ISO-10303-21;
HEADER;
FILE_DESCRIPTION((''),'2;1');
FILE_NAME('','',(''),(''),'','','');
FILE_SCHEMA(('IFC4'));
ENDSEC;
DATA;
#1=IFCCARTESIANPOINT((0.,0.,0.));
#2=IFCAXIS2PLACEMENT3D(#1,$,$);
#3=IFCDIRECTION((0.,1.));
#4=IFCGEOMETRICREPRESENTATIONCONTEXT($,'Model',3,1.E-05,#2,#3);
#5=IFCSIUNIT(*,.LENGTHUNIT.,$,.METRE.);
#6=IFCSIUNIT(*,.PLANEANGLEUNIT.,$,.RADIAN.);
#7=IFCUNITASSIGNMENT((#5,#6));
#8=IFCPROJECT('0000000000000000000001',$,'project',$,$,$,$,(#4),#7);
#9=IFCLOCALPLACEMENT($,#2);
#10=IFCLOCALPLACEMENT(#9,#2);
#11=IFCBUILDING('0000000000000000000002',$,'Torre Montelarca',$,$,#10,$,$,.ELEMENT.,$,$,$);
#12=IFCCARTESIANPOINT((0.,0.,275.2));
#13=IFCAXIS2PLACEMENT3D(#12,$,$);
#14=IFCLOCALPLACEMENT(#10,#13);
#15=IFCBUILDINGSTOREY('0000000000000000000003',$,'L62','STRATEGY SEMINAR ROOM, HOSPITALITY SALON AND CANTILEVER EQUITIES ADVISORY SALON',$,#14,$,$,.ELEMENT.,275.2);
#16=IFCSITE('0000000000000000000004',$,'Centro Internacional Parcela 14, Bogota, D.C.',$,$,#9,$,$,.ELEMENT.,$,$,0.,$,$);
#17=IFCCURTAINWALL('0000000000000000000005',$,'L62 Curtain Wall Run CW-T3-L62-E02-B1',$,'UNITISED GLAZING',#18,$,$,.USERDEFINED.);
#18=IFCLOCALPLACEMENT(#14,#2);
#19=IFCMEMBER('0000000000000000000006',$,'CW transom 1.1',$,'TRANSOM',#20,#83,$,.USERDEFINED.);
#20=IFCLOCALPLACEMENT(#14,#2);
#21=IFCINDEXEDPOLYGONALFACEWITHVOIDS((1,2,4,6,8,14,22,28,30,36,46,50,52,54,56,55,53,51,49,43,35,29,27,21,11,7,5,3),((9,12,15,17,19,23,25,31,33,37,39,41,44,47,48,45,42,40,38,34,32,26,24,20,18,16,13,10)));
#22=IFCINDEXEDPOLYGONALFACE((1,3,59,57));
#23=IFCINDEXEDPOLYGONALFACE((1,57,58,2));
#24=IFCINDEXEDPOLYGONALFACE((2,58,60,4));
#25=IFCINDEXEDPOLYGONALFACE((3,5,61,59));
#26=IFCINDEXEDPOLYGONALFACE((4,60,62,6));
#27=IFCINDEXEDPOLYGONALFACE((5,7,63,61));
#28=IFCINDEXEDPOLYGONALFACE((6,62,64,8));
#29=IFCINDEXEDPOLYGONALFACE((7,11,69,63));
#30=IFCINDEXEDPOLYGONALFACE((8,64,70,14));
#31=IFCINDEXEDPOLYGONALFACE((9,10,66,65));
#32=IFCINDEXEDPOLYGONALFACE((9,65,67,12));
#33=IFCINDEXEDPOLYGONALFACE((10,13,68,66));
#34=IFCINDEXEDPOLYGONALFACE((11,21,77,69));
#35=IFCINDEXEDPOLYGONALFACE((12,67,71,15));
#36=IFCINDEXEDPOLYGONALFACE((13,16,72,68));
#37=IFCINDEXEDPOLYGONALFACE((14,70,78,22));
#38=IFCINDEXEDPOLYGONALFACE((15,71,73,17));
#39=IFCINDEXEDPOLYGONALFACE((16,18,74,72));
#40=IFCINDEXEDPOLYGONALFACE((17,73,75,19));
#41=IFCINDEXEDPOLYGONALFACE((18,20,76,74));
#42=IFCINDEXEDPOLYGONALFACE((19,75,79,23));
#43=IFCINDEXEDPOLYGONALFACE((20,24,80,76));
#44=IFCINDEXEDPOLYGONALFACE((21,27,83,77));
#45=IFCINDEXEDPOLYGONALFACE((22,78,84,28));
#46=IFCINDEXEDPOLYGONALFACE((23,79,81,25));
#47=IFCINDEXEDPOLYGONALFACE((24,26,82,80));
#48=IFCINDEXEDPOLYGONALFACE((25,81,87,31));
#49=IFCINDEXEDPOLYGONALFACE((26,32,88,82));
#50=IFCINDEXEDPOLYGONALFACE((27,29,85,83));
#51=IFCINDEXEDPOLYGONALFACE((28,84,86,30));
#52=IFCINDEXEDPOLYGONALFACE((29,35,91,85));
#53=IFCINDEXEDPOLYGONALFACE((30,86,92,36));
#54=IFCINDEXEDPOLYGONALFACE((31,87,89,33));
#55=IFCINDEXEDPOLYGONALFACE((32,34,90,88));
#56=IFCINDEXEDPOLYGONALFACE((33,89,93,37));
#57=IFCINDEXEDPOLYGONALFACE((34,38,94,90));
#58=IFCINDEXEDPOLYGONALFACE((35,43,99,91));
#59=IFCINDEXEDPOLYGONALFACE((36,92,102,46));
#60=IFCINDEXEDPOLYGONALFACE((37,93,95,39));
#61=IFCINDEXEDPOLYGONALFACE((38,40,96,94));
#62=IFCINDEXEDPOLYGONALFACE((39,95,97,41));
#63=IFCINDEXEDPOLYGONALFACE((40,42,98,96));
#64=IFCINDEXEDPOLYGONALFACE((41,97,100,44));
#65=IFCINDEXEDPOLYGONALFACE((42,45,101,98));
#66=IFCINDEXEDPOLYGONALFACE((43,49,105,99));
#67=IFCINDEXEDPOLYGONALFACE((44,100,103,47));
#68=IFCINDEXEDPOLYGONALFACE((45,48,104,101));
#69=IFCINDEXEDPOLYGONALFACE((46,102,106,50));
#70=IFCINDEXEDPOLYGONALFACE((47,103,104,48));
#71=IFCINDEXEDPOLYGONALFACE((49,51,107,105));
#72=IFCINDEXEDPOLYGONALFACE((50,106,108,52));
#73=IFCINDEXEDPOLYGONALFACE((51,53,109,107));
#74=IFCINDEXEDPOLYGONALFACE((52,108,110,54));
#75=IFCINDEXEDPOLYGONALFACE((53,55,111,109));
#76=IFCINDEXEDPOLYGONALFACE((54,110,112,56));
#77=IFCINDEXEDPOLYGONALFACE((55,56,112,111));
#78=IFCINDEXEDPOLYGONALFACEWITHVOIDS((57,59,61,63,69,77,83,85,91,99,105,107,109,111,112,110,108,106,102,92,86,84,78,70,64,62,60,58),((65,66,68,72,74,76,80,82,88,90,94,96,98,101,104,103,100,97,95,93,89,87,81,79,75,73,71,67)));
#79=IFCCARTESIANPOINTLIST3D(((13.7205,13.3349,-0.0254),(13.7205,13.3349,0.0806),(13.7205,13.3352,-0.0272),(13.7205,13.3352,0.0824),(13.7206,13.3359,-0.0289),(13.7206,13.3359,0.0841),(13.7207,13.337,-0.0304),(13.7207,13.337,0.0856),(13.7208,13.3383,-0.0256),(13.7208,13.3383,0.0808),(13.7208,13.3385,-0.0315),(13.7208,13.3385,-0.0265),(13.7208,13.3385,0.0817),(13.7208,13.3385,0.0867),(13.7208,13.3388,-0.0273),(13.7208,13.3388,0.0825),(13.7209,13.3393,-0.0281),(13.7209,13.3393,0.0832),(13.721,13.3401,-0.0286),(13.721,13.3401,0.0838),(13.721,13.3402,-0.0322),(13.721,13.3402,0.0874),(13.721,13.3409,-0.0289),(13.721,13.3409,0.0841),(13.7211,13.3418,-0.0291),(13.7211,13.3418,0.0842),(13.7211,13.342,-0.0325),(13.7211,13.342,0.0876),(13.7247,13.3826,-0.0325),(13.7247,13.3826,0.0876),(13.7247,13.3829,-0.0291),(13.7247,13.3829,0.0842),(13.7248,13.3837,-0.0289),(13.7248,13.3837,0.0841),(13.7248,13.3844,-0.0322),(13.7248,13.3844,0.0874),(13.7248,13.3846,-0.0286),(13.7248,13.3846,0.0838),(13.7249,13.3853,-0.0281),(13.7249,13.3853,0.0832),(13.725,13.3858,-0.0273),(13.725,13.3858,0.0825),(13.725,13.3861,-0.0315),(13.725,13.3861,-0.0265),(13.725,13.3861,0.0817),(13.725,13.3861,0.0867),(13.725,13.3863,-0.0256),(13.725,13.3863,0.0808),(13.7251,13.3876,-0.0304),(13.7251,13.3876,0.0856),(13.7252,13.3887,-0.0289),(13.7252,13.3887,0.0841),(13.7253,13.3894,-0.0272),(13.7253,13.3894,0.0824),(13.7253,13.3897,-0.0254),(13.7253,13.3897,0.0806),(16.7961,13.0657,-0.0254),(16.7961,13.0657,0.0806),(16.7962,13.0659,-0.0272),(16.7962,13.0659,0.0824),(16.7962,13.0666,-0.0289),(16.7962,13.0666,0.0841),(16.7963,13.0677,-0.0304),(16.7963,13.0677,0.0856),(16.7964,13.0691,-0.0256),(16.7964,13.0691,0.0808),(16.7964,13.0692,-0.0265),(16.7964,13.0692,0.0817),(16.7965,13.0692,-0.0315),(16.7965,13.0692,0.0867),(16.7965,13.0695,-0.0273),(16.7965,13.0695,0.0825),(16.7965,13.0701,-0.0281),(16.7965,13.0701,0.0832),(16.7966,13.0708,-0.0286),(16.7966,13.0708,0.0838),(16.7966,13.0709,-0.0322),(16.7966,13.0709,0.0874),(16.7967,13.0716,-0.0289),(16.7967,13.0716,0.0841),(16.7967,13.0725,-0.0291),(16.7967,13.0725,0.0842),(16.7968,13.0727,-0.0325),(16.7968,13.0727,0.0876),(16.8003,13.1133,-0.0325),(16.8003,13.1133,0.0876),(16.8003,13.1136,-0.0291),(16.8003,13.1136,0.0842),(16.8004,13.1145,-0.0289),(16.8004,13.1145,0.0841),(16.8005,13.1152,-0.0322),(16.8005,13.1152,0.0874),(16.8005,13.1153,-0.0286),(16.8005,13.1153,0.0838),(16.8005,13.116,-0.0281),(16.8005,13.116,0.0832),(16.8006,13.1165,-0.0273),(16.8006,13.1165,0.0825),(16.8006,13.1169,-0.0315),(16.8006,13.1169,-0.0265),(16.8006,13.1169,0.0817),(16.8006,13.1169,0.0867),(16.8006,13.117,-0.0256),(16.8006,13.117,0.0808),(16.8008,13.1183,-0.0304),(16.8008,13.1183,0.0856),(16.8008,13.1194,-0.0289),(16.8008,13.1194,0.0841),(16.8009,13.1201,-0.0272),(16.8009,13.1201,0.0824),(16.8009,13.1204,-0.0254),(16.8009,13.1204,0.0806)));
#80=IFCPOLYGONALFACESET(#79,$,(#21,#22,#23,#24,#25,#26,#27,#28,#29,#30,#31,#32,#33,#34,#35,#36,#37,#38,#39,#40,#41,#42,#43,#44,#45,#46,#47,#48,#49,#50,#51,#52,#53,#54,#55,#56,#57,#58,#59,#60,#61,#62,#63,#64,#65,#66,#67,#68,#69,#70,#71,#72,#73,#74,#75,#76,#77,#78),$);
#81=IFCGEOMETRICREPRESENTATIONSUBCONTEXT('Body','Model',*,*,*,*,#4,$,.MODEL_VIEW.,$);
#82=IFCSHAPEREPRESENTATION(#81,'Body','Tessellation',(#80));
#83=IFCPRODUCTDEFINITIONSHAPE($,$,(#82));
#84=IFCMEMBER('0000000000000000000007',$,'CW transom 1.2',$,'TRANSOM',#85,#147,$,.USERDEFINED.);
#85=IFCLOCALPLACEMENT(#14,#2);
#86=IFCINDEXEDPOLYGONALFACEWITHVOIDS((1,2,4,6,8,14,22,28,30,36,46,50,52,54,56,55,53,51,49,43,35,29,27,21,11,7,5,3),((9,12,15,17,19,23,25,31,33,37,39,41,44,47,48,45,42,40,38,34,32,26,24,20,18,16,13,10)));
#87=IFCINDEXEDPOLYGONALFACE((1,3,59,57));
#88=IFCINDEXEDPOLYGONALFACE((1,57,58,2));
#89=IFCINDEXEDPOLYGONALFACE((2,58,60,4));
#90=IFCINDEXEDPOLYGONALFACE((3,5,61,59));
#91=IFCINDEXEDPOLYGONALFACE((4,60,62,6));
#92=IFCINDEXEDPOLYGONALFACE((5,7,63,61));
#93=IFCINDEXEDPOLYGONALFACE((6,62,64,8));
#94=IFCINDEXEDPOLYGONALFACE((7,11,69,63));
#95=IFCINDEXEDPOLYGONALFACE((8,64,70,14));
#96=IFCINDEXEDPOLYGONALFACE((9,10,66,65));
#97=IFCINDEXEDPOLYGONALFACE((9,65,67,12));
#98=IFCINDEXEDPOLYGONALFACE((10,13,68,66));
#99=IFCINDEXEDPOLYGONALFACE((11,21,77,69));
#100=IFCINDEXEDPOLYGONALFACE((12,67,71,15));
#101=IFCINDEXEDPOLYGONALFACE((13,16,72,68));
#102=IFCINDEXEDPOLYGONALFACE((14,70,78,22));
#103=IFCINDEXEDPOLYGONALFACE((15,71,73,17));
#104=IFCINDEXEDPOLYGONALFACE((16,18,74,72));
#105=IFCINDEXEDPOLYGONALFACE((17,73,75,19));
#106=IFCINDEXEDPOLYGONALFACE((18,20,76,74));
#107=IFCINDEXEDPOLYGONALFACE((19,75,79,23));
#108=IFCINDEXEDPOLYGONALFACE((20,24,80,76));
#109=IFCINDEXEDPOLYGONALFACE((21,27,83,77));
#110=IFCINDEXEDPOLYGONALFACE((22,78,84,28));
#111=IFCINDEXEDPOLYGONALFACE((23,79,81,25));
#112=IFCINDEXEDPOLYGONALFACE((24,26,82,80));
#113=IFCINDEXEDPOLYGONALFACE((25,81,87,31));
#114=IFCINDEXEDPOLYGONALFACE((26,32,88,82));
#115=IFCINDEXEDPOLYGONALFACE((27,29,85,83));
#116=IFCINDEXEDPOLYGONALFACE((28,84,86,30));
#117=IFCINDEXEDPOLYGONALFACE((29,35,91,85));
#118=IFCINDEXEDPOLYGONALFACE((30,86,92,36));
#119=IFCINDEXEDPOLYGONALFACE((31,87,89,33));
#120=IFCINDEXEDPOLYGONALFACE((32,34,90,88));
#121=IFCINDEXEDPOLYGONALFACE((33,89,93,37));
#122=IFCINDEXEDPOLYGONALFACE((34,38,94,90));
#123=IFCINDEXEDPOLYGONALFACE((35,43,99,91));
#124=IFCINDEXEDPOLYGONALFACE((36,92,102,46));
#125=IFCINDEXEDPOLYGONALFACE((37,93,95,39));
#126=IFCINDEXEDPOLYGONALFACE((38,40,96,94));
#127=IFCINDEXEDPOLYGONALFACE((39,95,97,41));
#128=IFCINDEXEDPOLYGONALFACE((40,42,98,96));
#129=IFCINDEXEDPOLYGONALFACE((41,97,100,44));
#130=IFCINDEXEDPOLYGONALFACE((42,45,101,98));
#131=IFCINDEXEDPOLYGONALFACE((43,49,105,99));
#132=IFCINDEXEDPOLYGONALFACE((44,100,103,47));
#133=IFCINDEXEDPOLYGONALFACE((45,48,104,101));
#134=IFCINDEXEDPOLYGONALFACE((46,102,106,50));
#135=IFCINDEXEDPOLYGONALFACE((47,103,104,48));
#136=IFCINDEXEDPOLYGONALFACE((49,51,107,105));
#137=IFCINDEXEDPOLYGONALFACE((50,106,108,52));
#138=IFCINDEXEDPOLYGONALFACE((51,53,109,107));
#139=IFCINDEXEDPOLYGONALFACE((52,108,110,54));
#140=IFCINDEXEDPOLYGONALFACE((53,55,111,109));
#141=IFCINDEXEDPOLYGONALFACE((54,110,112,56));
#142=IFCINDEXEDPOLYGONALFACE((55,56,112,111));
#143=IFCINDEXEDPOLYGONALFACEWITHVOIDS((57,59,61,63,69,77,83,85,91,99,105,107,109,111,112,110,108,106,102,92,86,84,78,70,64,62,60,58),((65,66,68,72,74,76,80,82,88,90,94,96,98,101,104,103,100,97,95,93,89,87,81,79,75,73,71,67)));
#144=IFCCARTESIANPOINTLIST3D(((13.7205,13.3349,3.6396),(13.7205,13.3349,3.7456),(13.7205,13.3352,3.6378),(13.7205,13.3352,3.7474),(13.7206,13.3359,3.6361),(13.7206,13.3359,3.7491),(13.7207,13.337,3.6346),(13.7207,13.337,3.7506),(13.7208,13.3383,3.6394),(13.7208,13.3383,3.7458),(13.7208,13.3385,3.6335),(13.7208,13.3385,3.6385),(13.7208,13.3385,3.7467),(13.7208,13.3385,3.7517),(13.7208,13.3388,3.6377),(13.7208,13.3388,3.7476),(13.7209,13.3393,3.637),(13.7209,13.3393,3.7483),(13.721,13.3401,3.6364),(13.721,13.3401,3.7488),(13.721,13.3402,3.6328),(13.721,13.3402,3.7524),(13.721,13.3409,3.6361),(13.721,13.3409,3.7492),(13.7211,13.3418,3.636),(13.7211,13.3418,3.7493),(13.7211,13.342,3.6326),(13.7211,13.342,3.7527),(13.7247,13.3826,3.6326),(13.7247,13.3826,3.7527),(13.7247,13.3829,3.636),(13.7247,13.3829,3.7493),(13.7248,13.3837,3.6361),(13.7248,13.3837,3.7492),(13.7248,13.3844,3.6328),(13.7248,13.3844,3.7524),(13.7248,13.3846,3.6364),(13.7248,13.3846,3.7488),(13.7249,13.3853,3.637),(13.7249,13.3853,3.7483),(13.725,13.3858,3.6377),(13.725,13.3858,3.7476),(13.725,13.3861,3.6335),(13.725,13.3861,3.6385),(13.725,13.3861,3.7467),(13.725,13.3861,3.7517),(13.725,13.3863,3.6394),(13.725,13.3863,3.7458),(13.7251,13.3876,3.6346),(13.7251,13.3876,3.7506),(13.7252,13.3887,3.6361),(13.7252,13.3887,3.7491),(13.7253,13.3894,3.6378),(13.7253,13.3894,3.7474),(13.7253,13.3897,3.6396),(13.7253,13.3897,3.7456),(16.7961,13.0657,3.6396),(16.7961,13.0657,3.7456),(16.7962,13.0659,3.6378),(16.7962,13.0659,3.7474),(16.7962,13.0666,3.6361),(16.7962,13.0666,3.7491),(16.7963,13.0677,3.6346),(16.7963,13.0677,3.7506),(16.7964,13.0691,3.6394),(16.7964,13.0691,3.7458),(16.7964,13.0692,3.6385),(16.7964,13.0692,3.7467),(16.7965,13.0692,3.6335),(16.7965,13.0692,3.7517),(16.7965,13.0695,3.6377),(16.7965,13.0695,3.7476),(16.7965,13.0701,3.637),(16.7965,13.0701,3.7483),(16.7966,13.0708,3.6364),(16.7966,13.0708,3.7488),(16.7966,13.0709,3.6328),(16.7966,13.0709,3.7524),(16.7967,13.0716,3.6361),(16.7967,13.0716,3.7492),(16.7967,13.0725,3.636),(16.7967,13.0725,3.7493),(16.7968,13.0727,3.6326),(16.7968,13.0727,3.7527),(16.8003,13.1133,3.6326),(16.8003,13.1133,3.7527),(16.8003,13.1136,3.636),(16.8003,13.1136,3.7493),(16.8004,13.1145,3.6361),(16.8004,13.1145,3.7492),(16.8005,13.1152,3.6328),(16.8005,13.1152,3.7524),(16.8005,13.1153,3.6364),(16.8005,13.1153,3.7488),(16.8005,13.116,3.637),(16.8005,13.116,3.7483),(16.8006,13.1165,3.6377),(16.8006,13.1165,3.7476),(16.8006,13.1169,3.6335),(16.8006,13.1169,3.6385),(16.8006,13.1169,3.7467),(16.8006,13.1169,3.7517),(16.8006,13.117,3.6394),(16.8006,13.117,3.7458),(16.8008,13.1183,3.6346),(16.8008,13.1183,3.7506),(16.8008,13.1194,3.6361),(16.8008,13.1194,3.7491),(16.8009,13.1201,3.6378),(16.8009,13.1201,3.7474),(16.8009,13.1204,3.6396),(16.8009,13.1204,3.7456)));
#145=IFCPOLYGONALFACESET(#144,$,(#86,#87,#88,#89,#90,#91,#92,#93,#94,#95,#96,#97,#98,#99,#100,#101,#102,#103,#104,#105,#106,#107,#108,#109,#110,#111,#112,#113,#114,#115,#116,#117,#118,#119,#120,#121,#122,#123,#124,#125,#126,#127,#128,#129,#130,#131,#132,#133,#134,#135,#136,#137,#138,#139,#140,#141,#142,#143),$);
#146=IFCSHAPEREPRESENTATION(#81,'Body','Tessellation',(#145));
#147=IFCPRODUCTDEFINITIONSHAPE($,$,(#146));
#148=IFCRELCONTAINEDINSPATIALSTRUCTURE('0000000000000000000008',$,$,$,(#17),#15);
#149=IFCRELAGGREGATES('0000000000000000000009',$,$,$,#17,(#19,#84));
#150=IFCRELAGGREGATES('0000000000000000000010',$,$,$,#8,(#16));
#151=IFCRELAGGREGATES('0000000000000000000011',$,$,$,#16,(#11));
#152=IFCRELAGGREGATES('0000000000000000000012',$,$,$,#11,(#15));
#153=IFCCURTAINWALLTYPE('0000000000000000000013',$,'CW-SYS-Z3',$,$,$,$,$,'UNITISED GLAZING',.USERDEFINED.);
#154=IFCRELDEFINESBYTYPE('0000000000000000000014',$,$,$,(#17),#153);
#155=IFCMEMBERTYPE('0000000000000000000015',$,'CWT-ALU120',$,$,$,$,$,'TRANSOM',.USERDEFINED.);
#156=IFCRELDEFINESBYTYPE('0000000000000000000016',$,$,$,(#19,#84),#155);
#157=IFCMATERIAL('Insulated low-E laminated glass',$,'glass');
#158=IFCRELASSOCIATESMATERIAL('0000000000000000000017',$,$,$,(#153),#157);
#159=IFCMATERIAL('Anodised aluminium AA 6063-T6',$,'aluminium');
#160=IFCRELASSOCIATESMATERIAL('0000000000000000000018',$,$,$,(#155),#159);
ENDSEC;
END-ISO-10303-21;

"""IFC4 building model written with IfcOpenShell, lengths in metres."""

from ifc_helpers import new_model, si_unit, direction, frame, origin, origin_2d, place, context, subcontext, project, spatial, hollow_rectangle, extrude, source, transform, mapped, material, material_profile, profile_set, type_object, element, aggregate, save


model = new_model("IFC4")

# Units and contexts
model_context = context("Model", 3, precision=1e-05, world=origin(), true_north=direction((0.0, 1.0)))
body_context = subcontext(model_context, "Body", "Model", "MODEL_VIEW")
ifc_project = project(units=[si_unit("LENGTHUNIT", "METRE"), si_unit("PLANEANGLEUNIT", "RADIAN")], contexts=[model_context])

# Site, building, storey
site_placement = place(None, origin())
site = spatial("IfcSite", under=ifc_project, at=site_placement, Name="Centro Internacional Parcela 14, Bogota, D.C.", CompositionType="ELEMENT", RefElevation=0.0)
building_placement = place(site_placement, origin())
building = spatial("IfcBuilding", under=site, at=building_placement, Name="Torre Montelarca", CompositionType="ELEMENT")
storey_placement = place(building_placement, frame((0.0, 0.0, 275.2)))
storey = spatial("IfcBuildingStorey", under=building, at=storey_placement, Name="L62", Description="STRATEGY SEMINAR ROOM, HOSPITALITY SALON AND CANTILEVER EQUITIES ADVISORY SALON", CompositionType="ELEMENT", Elevation=275.2)

# Curtain wall, members
ifc_material_1 = material(Name="Insulated low-E laminated glass", Category="glass")
curtain_wall_type = type_object("IfcCurtainWallType", Name="CW-SYS-Z3", ElementType="UNITISED GLAZING", PredefinedType="USERDEFINED", material=ifc_material_1)
curtain_wall_1_placement = place(storey_placement, origin())
curtain_wall_1 = element("IfcCurtainWall", 1, at=curtain_wall_1_placement, inside=storey, type_object=curtain_wall_type, Name="L62 Curtain Wall Run CW-T3-L62-E02-B1", ObjectType="UNITISED GLAZING", PredefinedType="USERDEFINED")
ifc_material_2 = material(Name="Anodised aluminium AA 6063-T6", Category="aluminium")
ifc_material_profile_1 = material_profile(ifc_material_2, hollow_rectangle(XDim=0.0549, YDim=0.1201, WallThickness=0.0034, InnerFilletRadius=0.0034, OuterFilletRadius=0.0071, at=origin_2d()), Name="ALU55X120X3.5", Category="aluminium")
ifc_profile_set_1 = profile_set([ifc_material_profile_1], Name="Anodised aluminium AA 6063-T6")
member_type_1 = type_object("IfcMemberType", Name="CWT-ALU120", ElementType="TRANSOM", PredefinedType="USERDEFINED", material=ifc_profile_set_1)
shared_shape_1 = source(origin(), body_context, "Body", "SweptSolid", [
    extrude(hollow_rectangle(XDim=0.0549, YDim=0.1201, WallThickness=0.0034, InnerFilletRadius=0.0034, OuterFilletRadius=0.0071, at=origin_2d()), origin(), (0.0, 0.0, 1.0), 3.0874),
])
member_1_placement = place(storey_placement, frame((13.7229, 13.3623, 0.0276), z_axis=(0.996189, -0.08722, 0.0), x_axis=(0.08722, 0.996189, 0.0)))
member_1 = element("IfcMember", 2, at=member_1_placement, type_object=member_type_1, Name="CW transom 1.1", ObjectType="TRANSOM", PredefinedType="USERDEFINED", context=body_context, shape_type="MappedRepresentation", body=[
    mapped(shared_shape_1, transform((0.0, 0.0, 0.0), scale=1.0)),
])
member_2_placement = place(storey_placement, frame((13.7229, 13.3623, 3.6926), z_axis=(0.996189, -0.08722, 0.0), x_axis=(0.08722, 0.996189, 0.0)))
member_2 = element("IfcMember", 3, at=member_2_placement, type_object=member_type_1, Name="CW transom 1.2", ObjectType="TRANSOM", PredefinedType="USERDEFINED", context=body_context, shape_type="MappedRepresentation", body=[
    mapped(shared_shape_1, transform((0.0, 0.0, 0.0), scale=1.0)),
])

aggregate(curtain_wall_1, [member_1, member_2])

save(model, "model.ifc")
